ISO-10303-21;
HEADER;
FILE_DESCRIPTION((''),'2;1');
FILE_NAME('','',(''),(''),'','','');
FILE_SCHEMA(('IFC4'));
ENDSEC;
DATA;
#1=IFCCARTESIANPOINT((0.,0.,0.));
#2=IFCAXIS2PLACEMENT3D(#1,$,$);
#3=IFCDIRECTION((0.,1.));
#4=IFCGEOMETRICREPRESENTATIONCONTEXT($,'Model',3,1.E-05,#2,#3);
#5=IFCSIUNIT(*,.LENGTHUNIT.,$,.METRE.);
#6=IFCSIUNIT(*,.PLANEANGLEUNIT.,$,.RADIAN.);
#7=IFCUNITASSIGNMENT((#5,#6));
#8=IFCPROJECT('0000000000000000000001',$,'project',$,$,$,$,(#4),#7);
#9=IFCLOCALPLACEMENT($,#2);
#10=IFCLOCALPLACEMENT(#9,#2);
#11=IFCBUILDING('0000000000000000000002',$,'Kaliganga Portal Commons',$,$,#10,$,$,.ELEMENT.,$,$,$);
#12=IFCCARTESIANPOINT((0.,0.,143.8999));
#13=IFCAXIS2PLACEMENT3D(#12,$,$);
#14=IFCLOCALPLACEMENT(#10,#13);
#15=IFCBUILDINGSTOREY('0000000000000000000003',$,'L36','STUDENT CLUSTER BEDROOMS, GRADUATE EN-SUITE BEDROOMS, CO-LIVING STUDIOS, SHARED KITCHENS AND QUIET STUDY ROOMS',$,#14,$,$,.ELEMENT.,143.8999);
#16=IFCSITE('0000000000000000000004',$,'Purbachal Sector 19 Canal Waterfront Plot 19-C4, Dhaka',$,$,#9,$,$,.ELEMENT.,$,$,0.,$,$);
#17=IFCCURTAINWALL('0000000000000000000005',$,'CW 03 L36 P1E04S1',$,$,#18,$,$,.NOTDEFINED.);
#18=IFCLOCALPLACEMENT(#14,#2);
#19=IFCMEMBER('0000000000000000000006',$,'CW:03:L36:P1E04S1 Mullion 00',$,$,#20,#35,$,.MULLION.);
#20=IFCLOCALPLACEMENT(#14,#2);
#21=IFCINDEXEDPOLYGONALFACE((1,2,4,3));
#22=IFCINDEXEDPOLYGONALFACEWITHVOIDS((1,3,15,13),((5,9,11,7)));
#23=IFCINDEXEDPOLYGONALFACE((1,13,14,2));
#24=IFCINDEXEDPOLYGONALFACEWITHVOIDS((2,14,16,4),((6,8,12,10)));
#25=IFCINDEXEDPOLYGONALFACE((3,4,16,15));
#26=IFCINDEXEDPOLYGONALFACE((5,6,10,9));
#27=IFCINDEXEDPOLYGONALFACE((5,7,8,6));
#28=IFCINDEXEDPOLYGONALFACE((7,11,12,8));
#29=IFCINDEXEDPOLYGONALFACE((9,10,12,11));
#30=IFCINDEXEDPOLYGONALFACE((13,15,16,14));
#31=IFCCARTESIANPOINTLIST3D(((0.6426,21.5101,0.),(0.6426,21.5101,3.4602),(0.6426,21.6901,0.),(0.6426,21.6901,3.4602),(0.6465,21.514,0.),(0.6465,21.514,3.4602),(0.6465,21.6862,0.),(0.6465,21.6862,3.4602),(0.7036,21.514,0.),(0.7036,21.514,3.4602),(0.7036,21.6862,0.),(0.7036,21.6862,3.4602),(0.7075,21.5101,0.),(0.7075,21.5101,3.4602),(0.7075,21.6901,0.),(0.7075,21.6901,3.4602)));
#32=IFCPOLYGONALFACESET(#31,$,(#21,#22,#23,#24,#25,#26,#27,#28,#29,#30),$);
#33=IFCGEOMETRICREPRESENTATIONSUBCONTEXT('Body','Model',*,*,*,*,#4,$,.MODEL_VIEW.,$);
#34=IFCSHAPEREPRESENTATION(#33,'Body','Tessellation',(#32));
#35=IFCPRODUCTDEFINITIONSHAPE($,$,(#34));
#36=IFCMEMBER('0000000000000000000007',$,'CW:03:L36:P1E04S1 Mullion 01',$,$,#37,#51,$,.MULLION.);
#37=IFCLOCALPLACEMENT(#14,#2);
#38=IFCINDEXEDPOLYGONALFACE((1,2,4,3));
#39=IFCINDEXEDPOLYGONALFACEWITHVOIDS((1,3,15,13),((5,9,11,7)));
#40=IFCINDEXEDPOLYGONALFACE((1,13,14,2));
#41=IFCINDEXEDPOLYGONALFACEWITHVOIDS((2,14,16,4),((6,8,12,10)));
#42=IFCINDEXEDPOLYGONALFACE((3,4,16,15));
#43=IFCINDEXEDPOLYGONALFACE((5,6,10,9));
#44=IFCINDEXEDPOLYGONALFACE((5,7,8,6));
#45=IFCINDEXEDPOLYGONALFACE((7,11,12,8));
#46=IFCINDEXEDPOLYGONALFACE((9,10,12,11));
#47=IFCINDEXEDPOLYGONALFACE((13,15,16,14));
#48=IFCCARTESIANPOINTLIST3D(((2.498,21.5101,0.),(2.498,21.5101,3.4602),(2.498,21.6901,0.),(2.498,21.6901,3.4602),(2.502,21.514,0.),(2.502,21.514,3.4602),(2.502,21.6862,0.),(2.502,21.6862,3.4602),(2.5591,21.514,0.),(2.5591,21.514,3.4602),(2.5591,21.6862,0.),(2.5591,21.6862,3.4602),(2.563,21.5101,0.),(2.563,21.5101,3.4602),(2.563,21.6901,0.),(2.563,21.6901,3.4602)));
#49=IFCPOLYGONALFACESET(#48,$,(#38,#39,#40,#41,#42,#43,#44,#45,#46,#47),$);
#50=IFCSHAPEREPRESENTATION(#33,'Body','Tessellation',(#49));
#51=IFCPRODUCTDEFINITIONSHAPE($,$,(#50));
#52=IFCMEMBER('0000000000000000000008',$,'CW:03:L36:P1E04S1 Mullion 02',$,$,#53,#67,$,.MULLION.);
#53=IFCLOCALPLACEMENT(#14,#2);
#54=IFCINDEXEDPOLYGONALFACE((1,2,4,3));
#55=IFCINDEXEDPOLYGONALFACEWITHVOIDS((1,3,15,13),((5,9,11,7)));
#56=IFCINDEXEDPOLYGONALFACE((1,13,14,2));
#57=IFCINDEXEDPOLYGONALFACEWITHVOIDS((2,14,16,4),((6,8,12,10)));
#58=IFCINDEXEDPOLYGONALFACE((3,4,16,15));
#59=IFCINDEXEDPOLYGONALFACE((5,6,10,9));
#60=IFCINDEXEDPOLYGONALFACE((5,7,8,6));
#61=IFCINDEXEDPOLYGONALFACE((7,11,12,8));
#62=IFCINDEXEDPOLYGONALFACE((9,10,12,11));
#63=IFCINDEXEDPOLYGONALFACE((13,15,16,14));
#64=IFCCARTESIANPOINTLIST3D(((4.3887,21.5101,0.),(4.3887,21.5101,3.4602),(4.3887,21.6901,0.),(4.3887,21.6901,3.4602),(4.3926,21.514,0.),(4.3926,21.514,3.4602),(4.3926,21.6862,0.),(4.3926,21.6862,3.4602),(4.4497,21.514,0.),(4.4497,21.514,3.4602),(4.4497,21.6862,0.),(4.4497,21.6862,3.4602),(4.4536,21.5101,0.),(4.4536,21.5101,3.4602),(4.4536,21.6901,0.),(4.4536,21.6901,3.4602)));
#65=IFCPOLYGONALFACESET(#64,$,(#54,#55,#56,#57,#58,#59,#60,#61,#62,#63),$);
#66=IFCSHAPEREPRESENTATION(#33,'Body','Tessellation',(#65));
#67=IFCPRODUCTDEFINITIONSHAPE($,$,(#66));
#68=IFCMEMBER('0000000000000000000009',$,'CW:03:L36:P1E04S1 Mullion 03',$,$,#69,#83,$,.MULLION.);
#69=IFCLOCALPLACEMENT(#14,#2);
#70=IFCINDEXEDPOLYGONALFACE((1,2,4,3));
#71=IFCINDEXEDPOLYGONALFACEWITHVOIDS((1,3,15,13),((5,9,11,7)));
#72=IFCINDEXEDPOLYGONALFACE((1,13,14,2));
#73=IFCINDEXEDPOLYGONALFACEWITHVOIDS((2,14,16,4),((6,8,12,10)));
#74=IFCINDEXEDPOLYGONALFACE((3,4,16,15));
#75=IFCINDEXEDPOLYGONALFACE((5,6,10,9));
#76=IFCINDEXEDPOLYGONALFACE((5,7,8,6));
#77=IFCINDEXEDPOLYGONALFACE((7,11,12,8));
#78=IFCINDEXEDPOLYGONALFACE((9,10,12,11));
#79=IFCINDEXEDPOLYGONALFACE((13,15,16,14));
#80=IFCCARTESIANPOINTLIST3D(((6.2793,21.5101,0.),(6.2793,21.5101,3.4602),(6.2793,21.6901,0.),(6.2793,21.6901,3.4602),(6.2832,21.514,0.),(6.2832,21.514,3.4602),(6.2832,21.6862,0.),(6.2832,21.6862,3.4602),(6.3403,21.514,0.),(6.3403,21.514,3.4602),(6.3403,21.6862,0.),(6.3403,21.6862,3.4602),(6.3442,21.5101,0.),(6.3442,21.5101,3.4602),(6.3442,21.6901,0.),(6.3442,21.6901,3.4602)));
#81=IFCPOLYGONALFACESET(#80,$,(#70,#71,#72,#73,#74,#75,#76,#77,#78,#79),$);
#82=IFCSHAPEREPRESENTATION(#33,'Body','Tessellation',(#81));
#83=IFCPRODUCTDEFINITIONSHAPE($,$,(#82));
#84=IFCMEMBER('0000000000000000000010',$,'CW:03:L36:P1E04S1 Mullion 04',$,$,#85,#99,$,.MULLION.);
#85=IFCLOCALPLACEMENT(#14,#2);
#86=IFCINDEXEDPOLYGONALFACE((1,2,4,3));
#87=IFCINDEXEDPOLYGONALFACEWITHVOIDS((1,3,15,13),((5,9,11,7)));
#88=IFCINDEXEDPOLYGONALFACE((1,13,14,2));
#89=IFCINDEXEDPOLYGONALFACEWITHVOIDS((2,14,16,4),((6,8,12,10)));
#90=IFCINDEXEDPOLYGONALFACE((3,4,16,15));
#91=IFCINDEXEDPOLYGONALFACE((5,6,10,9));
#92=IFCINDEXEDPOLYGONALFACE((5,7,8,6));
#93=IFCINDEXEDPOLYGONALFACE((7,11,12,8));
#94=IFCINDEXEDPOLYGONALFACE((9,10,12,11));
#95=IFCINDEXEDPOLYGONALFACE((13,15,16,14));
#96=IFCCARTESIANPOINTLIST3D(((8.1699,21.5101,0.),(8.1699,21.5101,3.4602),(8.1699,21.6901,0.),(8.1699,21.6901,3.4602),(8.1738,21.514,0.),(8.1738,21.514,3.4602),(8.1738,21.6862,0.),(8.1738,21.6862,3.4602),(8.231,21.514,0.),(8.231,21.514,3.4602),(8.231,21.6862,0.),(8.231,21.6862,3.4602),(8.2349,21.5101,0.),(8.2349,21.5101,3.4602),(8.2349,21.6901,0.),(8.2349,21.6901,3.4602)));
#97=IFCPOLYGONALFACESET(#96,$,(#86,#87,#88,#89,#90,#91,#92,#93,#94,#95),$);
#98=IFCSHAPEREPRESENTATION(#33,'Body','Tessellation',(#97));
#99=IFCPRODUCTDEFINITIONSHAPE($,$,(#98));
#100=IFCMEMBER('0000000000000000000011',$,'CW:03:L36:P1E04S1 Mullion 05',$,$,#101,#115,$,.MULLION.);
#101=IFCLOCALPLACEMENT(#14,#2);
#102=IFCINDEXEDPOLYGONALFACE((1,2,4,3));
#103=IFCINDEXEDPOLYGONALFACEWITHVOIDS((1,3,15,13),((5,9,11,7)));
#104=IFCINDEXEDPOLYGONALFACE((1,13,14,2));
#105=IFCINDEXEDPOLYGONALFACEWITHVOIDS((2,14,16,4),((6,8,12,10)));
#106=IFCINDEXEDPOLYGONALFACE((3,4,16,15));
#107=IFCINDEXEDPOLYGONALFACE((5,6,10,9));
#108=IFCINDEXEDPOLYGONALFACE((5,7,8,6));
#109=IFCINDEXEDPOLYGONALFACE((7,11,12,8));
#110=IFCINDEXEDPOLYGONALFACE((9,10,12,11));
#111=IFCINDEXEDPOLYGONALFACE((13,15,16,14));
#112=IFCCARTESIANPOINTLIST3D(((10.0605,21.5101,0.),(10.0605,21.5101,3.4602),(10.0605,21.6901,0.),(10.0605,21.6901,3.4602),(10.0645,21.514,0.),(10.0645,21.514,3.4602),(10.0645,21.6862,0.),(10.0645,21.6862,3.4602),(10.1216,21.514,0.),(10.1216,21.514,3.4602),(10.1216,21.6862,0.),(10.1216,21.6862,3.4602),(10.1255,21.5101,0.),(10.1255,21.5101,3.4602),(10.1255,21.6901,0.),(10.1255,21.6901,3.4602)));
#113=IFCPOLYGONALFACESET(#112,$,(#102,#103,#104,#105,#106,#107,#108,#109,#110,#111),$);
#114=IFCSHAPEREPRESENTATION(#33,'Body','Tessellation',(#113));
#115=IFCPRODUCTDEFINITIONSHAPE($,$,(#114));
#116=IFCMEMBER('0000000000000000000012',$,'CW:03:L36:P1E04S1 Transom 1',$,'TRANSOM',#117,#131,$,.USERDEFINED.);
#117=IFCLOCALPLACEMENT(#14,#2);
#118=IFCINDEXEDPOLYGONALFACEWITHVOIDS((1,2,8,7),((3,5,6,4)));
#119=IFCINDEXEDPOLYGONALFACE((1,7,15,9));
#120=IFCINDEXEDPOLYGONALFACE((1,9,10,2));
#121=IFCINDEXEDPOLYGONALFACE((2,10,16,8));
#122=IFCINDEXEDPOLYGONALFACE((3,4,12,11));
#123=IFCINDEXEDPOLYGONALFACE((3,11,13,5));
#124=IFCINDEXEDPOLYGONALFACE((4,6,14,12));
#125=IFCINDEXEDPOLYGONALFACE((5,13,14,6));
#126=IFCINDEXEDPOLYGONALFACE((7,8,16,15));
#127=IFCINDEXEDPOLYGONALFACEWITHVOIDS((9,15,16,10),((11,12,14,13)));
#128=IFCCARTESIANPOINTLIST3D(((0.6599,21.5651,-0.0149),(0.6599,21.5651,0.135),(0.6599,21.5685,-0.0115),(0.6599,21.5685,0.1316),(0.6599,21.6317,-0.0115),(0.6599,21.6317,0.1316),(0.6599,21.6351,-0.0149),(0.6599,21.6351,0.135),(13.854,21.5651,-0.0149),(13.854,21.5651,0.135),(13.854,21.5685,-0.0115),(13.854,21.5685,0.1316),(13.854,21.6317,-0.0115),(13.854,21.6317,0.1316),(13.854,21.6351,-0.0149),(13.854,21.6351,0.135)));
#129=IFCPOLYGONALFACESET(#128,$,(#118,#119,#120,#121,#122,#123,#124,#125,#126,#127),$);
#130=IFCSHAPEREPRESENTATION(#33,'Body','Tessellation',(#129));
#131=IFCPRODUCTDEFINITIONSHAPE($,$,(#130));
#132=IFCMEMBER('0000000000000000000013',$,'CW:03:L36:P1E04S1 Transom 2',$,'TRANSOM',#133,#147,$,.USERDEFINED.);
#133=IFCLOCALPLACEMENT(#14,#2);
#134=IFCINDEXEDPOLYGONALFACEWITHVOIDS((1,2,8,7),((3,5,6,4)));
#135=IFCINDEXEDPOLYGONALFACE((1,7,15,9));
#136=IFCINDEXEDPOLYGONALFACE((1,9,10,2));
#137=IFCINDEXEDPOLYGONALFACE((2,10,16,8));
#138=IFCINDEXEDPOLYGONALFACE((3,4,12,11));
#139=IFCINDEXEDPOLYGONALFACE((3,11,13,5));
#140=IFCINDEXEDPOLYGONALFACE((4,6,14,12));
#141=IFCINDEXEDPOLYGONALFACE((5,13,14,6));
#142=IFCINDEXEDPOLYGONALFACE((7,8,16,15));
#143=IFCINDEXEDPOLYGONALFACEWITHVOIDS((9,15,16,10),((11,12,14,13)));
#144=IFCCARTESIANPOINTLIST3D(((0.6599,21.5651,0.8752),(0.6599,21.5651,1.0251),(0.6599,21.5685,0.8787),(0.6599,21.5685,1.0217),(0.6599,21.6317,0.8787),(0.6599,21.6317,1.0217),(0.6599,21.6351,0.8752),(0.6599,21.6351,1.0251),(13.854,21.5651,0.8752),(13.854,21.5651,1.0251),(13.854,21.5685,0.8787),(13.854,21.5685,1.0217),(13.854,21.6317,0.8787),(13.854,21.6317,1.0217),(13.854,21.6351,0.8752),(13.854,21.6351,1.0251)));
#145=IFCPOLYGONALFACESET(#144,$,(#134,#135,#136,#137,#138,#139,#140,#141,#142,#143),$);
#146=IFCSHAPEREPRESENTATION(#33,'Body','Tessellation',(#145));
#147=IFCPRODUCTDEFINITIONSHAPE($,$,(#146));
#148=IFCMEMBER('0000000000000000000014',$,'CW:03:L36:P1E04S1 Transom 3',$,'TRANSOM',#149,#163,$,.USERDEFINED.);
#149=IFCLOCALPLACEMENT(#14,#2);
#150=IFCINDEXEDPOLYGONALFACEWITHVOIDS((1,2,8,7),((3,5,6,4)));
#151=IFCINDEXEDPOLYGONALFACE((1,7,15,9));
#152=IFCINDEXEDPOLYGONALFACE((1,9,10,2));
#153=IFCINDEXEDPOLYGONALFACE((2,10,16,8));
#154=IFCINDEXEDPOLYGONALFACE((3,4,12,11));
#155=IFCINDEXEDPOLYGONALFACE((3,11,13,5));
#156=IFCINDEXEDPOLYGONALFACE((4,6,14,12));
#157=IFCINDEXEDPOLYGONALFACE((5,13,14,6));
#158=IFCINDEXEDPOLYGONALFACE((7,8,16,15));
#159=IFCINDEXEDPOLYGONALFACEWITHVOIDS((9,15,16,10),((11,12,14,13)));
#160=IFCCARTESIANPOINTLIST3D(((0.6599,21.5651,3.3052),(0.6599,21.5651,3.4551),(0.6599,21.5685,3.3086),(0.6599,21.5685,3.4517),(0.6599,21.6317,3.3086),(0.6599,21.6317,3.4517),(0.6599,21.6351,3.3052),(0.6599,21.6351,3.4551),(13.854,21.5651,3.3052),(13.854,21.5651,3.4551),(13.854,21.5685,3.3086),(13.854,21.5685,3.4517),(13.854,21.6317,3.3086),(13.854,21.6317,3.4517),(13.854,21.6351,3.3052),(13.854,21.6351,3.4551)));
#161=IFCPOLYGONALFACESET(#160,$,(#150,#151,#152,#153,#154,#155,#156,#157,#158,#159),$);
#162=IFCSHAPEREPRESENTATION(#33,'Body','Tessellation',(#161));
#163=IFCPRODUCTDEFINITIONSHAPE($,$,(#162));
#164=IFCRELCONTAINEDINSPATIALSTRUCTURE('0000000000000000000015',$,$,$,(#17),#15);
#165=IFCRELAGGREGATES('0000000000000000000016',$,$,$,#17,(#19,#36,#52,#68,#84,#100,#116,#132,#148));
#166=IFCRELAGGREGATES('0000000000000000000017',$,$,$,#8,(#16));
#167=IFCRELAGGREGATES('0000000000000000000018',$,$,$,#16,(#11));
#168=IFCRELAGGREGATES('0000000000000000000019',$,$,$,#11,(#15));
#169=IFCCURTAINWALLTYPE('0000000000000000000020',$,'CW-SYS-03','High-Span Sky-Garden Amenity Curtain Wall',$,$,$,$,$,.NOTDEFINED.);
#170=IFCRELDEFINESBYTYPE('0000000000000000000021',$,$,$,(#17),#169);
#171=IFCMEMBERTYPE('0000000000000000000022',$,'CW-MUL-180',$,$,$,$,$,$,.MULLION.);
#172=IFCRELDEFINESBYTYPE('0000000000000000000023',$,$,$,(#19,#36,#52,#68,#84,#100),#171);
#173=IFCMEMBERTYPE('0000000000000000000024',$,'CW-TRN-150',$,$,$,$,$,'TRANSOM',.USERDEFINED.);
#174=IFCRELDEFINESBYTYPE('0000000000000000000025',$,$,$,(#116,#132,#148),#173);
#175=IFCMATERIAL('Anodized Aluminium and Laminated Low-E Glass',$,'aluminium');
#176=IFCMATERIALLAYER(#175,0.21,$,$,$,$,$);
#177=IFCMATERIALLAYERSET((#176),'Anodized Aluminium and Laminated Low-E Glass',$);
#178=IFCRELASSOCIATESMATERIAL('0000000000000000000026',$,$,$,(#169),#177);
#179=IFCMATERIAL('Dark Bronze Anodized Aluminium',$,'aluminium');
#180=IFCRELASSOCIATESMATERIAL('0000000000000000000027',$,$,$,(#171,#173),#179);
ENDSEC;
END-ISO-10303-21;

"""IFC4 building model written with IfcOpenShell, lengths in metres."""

from ifc_helpers import new_model, si_unit, direction, frame, origin, origin_2d, place, context, subcontext, project, spatial, hollow_rectangle, extrude, source, transform, mapped, material, layer, layer_set, material_profile, profile_set, type_object, element, aggregate, save


model = new_model("IFC4")

# Units and contexts
model_context = context("Model", 3, precision=1e-05, world=origin(), true_north=direction((0.0, 1.0)))
body_context = subcontext(model_context, "Body", "Model", "MODEL_VIEW")
ifc_project = project(units=[si_unit("LENGTHUNIT", "METRE"), si_unit("PLANEANGLEUNIT", "RADIAN")], contexts=[model_context])

# Site, building, storey
site_placement = place(None, origin())
site = spatial("IfcSite", under=ifc_project, at=site_placement, Name="Purbachal Sector 19 Canal Waterfront Plot 19-C4, Dhaka", CompositionType="ELEMENT", RefElevation=0.0)
building_placement = place(site_placement, origin())
building = spatial("IfcBuilding", under=site, at=building_placement, Name="Kaliganga Portal Commons", CompositionType="ELEMENT")
storey_placement = place(building_placement, frame((0.0, 0.0, 143.8999)))
storey = spatial("IfcBuildingStorey", under=building, at=storey_placement, Name="L36", Description="STUDENT CLUSTER BEDROOMS, GRADUATE EN-SUITE BEDROOMS, CO-LIVING STUDIOS, SHARED KITCHENS AND QUIET STUDY ROOMS", CompositionType="ELEMENT", Elevation=143.8999)

# Curtain wall, members
ifc_material_1 = material(Name="Anodized Aluminium and Laminated Low-E Glass", Category="aluminium")
ifc_layer_1 = layer(ifc_material_1, 0.21)
ifc_layer_set_1 = layer_set([ifc_layer_1], Name="Anodized Aluminium and Laminated Low-E Glass")
curtain_wall_type = type_object("IfcCurtainWallType", Name="CW-SYS-03", Description="High-Span Sky-Garden Amenity Curtain Wall", PredefinedType="NOTDEFINED", material=ifc_layer_set_1)
curtain_wall_placement = place(storey_placement, origin())
curtain_wall = element("IfcCurtainWall", 1, at=curtain_wall_placement, inside=storey, type_object=curtain_wall_type, Name="CW 03 L36 P1E04S1", PredefinedType="NOTDEFINED")
ifc_material_2 = material(Name="Dark Bronze Anodized Aluminium", Category="aluminium")
ifc_material_profile_1 = material_profile(ifc_material_2, hollow_rectangle(XDim=0.0649, YDim=0.1799, WallThickness=0.0039, at=origin_2d()), Name="ALU MULL 65x180x4")
ifc_profile_set_1 = profile_set([ifc_material_profile_1], Name="Dark Bronze Anodized Aluminium")
member_type_1 = type_object("IfcMemberType", Name="CW-MUL-180", PredefinedType="MULLION", material=ifc_profile_set_1)
shared_shape_1 = source(origin(), body_context, "Body", "SweptSolid", [
    extrude(hollow_rectangle(XDim=0.0649, YDim=0.1799, WallThickness=0.0039, at=origin_2d()), origin(), (0.0, 0.0, 1.0), 3.4602),
])
member_1_placement = place(storey_placement, frame((0.675, 21.6001, 0.0), z_axis=(0.0, 0.0, 1.0), x_axis=(1.0, 0.0, 0.0)))
member_1 = element("IfcMember", 2, at=member_1_placement, type_object=member_type_1, Name="CW:03:L36:P1E04S1 Mullion 00", PredefinedType="MULLION", context=body_context, shape_type="MappedRepresentation", body=[
    mapped(shared_shape_1, transform((0.0, 0.0, 0.0), x_axis=(1.0, 0.0, 0.0), y_axis=(0.0, 1.0, 0.0), z_axis=(0.0, 0.0, 1.0), scale=1.0)),
])
member_2_placement = place(storey_placement, frame((2.5305, 21.6001, 0.0), z_axis=(0.0, 0.0, 1.0), x_axis=(1.0, 0.0, 0.0)))
member_2 = element("IfcMember", 3, at=member_2_placement, type_object=member_type_1, Name="CW:03:L36:P1E04S1 Mullion 01", PredefinedType="MULLION", context=body_context, shape_type="MappedRepresentation", body=[
    mapped(shared_shape_1, transform((0.0, 0.0, 0.0), x_axis=(1.0, 0.0, 0.0), y_axis=(0.0, 1.0, 0.0), z_axis=(0.0, 0.0, 1.0), scale=1.0)),
])
member_3_placement = place(storey_placement, frame((4.4211, 21.6001, 0.0), z_axis=(0.0, 0.0, 1.0), x_axis=(1.0, 0.0, 0.0)))
member_3 = element("IfcMember", 4, at=member_3_placement, type_object=member_type_1, Name="CW:03:L36:P1E04S1 Mullion 02", PredefinedType="MULLION", context=body_context, shape_type="MappedRepresentation", body=[
    mapped(shared_shape_1, transform((0.0, 0.0, 0.0), x_axis=(1.0, 0.0, 0.0), y_axis=(0.0, 1.0, 0.0), z_axis=(0.0, 0.0, 1.0), scale=1.0)),
])
member_4_placement = place(storey_placement, frame((6.3118, 21.6001, 0.0), z_axis=(0.0, 0.0, 1.0), x_axis=(1.0, 0.0, 0.0)))
member_4 = element("IfcMember", 5, at=member_4_placement, type_object=member_type_1, Name="CW:03:L36:P1E04S1 Mullion 03", PredefinedType="MULLION", context=body_context, shape_type="MappedRepresentation", body=[
    mapped(shared_shape_1, transform((0.0, 0.0, 0.0), x_axis=(1.0, 0.0, 0.0), y_axis=(0.0, 1.0, 0.0), z_axis=(0.0, 0.0, 1.0), scale=1.0)),
])
member_5_placement = place(storey_placement, frame((8.2024, 21.6001, 0.0), z_axis=(0.0, 0.0, 1.0), x_axis=(1.0, 0.0, 0.0)))
member_5 = element("IfcMember", 6, at=member_5_placement, type_object=member_type_1, Name="CW:03:L36:P1E04S1 Mullion 04", PredefinedType="MULLION", context=body_context, shape_type="MappedRepresentation", body=[
    mapped(shared_shape_1, transform((0.0, 0.0, 0.0), x_axis=(1.0, 0.0, 0.0), y_axis=(0.0, 1.0, 0.0), z_axis=(0.0, 0.0, 1.0), scale=1.0)),
])
member_6_placement = place(storey_placement, frame((10.093, 21.6001, 0.0), z_axis=(0.0, 0.0, 1.0), x_axis=(1.0, 0.0, 0.0)))
member_6 = element("IfcMember", 7, at=member_6_placement, type_object=member_type_1, Name="CW:03:L36:P1E04S1 Mullion 05", PredefinedType="MULLION", context=body_context, shape_type="MappedRepresentation", body=[
    mapped(shared_shape_1, transform((0.0, 0.0, 0.0), x_axis=(1.0, 0.0, 0.0), y_axis=(0.0, 1.0, 0.0), z_axis=(0.0, 0.0, 1.0), scale=1.0)),
])
ifc_material_profile_2 = material_profile(ifc_material_2, hollow_rectangle(XDim=0.0701, YDim=0.1499, WallThickness=0.0034, at=origin_2d()), Name="ALU TRAN 70x150x3.5")
ifc_profile_set_2 = profile_set([ifc_material_profile_2], Name="Dark Bronze Anodized Aluminium")
member_type_2 = type_object("IfcMemberType", Name="CW-TRN-150", ElementType="TRANSOM", PredefinedType="USERDEFINED", material=ifc_profile_set_2)
shared_shape_2 = source(origin(), body_context, "Body", "SweptSolid", [
    extrude(hollow_rectangle(XDim=0.0701, YDim=0.1499, WallThickness=0.0034, at=origin_2d()), origin(), (0.0, 0.0, 1.0), 13.1941),
])
member_7_placement = place(storey_placement, frame((0.6599, 21.6001, 0.0601), z_axis=(1.0, 0.0, 0.0), x_axis=(0.0, 1.0, 0.0)))
member_7 = element("IfcMember", 8, at=member_7_placement, type_object=member_type_2, Name="CW:03:L36:P1E04S1 Transom 1", ObjectType="TRANSOM", PredefinedType="USERDEFINED", context=body_context, shape_type="MappedRepresentation", body=[
    mapped(shared_shape_2, transform((0.0, 0.0, 0.0), x_axis=(1.0, 0.0, 0.0), y_axis=(0.0, 1.0, 0.0), z_axis=(0.0, 0.0, 1.0), scale=1.0)),
])
member_8_placement = place(storey_placement, frame((0.6599, 21.6001, 0.9502), z_axis=(1.0, 0.0, 0.0), x_axis=(0.0, 1.0, 0.0)))
member_8 = element("IfcMember", 9, at=member_8_placement, type_object=member_type_2, Name="CW:03:L36:P1E04S1 Transom 2", ObjectType="TRANSOM", PredefinedType="USERDEFINED", context=body_context, shape_type="MappedRepresentation", body=[
    mapped(shared_shape_2, transform((0.0, 0.0, 0.0), x_axis=(1.0, 0.0, 0.0), y_axis=(0.0, 1.0, 0.0), z_axis=(0.0, 0.0, 1.0), scale=1.0)),
])
member_9_placement = place(storey_placement, frame((0.6599, 21.6001, 3.3801), z_axis=(1.0, 0.0, 0.0), x_axis=(0.0, 1.0, 0.0)))
member_9 = element("IfcMember", 10, at=member_9_placement, type_object=member_type_2, Name="CW:03:L36:P1E04S1 Transom 3", ObjectType="TRANSOM", PredefinedType="USERDEFINED", context=body_context, shape_type="MappedRepresentation", body=[
    mapped(shared_shape_2, transform((0.0, 0.0, 0.0), x_axis=(1.0, 0.0, 0.0), y_axis=(0.0, 1.0, 0.0), z_axis=(0.0, 0.0, 1.0), scale=1.0)),
])

aggregate(curtain_wall, [member_1, member_2, member_3, member_4, member_5, member_6, member_7, member_8, member_9])

save(model, "model.ifc")
